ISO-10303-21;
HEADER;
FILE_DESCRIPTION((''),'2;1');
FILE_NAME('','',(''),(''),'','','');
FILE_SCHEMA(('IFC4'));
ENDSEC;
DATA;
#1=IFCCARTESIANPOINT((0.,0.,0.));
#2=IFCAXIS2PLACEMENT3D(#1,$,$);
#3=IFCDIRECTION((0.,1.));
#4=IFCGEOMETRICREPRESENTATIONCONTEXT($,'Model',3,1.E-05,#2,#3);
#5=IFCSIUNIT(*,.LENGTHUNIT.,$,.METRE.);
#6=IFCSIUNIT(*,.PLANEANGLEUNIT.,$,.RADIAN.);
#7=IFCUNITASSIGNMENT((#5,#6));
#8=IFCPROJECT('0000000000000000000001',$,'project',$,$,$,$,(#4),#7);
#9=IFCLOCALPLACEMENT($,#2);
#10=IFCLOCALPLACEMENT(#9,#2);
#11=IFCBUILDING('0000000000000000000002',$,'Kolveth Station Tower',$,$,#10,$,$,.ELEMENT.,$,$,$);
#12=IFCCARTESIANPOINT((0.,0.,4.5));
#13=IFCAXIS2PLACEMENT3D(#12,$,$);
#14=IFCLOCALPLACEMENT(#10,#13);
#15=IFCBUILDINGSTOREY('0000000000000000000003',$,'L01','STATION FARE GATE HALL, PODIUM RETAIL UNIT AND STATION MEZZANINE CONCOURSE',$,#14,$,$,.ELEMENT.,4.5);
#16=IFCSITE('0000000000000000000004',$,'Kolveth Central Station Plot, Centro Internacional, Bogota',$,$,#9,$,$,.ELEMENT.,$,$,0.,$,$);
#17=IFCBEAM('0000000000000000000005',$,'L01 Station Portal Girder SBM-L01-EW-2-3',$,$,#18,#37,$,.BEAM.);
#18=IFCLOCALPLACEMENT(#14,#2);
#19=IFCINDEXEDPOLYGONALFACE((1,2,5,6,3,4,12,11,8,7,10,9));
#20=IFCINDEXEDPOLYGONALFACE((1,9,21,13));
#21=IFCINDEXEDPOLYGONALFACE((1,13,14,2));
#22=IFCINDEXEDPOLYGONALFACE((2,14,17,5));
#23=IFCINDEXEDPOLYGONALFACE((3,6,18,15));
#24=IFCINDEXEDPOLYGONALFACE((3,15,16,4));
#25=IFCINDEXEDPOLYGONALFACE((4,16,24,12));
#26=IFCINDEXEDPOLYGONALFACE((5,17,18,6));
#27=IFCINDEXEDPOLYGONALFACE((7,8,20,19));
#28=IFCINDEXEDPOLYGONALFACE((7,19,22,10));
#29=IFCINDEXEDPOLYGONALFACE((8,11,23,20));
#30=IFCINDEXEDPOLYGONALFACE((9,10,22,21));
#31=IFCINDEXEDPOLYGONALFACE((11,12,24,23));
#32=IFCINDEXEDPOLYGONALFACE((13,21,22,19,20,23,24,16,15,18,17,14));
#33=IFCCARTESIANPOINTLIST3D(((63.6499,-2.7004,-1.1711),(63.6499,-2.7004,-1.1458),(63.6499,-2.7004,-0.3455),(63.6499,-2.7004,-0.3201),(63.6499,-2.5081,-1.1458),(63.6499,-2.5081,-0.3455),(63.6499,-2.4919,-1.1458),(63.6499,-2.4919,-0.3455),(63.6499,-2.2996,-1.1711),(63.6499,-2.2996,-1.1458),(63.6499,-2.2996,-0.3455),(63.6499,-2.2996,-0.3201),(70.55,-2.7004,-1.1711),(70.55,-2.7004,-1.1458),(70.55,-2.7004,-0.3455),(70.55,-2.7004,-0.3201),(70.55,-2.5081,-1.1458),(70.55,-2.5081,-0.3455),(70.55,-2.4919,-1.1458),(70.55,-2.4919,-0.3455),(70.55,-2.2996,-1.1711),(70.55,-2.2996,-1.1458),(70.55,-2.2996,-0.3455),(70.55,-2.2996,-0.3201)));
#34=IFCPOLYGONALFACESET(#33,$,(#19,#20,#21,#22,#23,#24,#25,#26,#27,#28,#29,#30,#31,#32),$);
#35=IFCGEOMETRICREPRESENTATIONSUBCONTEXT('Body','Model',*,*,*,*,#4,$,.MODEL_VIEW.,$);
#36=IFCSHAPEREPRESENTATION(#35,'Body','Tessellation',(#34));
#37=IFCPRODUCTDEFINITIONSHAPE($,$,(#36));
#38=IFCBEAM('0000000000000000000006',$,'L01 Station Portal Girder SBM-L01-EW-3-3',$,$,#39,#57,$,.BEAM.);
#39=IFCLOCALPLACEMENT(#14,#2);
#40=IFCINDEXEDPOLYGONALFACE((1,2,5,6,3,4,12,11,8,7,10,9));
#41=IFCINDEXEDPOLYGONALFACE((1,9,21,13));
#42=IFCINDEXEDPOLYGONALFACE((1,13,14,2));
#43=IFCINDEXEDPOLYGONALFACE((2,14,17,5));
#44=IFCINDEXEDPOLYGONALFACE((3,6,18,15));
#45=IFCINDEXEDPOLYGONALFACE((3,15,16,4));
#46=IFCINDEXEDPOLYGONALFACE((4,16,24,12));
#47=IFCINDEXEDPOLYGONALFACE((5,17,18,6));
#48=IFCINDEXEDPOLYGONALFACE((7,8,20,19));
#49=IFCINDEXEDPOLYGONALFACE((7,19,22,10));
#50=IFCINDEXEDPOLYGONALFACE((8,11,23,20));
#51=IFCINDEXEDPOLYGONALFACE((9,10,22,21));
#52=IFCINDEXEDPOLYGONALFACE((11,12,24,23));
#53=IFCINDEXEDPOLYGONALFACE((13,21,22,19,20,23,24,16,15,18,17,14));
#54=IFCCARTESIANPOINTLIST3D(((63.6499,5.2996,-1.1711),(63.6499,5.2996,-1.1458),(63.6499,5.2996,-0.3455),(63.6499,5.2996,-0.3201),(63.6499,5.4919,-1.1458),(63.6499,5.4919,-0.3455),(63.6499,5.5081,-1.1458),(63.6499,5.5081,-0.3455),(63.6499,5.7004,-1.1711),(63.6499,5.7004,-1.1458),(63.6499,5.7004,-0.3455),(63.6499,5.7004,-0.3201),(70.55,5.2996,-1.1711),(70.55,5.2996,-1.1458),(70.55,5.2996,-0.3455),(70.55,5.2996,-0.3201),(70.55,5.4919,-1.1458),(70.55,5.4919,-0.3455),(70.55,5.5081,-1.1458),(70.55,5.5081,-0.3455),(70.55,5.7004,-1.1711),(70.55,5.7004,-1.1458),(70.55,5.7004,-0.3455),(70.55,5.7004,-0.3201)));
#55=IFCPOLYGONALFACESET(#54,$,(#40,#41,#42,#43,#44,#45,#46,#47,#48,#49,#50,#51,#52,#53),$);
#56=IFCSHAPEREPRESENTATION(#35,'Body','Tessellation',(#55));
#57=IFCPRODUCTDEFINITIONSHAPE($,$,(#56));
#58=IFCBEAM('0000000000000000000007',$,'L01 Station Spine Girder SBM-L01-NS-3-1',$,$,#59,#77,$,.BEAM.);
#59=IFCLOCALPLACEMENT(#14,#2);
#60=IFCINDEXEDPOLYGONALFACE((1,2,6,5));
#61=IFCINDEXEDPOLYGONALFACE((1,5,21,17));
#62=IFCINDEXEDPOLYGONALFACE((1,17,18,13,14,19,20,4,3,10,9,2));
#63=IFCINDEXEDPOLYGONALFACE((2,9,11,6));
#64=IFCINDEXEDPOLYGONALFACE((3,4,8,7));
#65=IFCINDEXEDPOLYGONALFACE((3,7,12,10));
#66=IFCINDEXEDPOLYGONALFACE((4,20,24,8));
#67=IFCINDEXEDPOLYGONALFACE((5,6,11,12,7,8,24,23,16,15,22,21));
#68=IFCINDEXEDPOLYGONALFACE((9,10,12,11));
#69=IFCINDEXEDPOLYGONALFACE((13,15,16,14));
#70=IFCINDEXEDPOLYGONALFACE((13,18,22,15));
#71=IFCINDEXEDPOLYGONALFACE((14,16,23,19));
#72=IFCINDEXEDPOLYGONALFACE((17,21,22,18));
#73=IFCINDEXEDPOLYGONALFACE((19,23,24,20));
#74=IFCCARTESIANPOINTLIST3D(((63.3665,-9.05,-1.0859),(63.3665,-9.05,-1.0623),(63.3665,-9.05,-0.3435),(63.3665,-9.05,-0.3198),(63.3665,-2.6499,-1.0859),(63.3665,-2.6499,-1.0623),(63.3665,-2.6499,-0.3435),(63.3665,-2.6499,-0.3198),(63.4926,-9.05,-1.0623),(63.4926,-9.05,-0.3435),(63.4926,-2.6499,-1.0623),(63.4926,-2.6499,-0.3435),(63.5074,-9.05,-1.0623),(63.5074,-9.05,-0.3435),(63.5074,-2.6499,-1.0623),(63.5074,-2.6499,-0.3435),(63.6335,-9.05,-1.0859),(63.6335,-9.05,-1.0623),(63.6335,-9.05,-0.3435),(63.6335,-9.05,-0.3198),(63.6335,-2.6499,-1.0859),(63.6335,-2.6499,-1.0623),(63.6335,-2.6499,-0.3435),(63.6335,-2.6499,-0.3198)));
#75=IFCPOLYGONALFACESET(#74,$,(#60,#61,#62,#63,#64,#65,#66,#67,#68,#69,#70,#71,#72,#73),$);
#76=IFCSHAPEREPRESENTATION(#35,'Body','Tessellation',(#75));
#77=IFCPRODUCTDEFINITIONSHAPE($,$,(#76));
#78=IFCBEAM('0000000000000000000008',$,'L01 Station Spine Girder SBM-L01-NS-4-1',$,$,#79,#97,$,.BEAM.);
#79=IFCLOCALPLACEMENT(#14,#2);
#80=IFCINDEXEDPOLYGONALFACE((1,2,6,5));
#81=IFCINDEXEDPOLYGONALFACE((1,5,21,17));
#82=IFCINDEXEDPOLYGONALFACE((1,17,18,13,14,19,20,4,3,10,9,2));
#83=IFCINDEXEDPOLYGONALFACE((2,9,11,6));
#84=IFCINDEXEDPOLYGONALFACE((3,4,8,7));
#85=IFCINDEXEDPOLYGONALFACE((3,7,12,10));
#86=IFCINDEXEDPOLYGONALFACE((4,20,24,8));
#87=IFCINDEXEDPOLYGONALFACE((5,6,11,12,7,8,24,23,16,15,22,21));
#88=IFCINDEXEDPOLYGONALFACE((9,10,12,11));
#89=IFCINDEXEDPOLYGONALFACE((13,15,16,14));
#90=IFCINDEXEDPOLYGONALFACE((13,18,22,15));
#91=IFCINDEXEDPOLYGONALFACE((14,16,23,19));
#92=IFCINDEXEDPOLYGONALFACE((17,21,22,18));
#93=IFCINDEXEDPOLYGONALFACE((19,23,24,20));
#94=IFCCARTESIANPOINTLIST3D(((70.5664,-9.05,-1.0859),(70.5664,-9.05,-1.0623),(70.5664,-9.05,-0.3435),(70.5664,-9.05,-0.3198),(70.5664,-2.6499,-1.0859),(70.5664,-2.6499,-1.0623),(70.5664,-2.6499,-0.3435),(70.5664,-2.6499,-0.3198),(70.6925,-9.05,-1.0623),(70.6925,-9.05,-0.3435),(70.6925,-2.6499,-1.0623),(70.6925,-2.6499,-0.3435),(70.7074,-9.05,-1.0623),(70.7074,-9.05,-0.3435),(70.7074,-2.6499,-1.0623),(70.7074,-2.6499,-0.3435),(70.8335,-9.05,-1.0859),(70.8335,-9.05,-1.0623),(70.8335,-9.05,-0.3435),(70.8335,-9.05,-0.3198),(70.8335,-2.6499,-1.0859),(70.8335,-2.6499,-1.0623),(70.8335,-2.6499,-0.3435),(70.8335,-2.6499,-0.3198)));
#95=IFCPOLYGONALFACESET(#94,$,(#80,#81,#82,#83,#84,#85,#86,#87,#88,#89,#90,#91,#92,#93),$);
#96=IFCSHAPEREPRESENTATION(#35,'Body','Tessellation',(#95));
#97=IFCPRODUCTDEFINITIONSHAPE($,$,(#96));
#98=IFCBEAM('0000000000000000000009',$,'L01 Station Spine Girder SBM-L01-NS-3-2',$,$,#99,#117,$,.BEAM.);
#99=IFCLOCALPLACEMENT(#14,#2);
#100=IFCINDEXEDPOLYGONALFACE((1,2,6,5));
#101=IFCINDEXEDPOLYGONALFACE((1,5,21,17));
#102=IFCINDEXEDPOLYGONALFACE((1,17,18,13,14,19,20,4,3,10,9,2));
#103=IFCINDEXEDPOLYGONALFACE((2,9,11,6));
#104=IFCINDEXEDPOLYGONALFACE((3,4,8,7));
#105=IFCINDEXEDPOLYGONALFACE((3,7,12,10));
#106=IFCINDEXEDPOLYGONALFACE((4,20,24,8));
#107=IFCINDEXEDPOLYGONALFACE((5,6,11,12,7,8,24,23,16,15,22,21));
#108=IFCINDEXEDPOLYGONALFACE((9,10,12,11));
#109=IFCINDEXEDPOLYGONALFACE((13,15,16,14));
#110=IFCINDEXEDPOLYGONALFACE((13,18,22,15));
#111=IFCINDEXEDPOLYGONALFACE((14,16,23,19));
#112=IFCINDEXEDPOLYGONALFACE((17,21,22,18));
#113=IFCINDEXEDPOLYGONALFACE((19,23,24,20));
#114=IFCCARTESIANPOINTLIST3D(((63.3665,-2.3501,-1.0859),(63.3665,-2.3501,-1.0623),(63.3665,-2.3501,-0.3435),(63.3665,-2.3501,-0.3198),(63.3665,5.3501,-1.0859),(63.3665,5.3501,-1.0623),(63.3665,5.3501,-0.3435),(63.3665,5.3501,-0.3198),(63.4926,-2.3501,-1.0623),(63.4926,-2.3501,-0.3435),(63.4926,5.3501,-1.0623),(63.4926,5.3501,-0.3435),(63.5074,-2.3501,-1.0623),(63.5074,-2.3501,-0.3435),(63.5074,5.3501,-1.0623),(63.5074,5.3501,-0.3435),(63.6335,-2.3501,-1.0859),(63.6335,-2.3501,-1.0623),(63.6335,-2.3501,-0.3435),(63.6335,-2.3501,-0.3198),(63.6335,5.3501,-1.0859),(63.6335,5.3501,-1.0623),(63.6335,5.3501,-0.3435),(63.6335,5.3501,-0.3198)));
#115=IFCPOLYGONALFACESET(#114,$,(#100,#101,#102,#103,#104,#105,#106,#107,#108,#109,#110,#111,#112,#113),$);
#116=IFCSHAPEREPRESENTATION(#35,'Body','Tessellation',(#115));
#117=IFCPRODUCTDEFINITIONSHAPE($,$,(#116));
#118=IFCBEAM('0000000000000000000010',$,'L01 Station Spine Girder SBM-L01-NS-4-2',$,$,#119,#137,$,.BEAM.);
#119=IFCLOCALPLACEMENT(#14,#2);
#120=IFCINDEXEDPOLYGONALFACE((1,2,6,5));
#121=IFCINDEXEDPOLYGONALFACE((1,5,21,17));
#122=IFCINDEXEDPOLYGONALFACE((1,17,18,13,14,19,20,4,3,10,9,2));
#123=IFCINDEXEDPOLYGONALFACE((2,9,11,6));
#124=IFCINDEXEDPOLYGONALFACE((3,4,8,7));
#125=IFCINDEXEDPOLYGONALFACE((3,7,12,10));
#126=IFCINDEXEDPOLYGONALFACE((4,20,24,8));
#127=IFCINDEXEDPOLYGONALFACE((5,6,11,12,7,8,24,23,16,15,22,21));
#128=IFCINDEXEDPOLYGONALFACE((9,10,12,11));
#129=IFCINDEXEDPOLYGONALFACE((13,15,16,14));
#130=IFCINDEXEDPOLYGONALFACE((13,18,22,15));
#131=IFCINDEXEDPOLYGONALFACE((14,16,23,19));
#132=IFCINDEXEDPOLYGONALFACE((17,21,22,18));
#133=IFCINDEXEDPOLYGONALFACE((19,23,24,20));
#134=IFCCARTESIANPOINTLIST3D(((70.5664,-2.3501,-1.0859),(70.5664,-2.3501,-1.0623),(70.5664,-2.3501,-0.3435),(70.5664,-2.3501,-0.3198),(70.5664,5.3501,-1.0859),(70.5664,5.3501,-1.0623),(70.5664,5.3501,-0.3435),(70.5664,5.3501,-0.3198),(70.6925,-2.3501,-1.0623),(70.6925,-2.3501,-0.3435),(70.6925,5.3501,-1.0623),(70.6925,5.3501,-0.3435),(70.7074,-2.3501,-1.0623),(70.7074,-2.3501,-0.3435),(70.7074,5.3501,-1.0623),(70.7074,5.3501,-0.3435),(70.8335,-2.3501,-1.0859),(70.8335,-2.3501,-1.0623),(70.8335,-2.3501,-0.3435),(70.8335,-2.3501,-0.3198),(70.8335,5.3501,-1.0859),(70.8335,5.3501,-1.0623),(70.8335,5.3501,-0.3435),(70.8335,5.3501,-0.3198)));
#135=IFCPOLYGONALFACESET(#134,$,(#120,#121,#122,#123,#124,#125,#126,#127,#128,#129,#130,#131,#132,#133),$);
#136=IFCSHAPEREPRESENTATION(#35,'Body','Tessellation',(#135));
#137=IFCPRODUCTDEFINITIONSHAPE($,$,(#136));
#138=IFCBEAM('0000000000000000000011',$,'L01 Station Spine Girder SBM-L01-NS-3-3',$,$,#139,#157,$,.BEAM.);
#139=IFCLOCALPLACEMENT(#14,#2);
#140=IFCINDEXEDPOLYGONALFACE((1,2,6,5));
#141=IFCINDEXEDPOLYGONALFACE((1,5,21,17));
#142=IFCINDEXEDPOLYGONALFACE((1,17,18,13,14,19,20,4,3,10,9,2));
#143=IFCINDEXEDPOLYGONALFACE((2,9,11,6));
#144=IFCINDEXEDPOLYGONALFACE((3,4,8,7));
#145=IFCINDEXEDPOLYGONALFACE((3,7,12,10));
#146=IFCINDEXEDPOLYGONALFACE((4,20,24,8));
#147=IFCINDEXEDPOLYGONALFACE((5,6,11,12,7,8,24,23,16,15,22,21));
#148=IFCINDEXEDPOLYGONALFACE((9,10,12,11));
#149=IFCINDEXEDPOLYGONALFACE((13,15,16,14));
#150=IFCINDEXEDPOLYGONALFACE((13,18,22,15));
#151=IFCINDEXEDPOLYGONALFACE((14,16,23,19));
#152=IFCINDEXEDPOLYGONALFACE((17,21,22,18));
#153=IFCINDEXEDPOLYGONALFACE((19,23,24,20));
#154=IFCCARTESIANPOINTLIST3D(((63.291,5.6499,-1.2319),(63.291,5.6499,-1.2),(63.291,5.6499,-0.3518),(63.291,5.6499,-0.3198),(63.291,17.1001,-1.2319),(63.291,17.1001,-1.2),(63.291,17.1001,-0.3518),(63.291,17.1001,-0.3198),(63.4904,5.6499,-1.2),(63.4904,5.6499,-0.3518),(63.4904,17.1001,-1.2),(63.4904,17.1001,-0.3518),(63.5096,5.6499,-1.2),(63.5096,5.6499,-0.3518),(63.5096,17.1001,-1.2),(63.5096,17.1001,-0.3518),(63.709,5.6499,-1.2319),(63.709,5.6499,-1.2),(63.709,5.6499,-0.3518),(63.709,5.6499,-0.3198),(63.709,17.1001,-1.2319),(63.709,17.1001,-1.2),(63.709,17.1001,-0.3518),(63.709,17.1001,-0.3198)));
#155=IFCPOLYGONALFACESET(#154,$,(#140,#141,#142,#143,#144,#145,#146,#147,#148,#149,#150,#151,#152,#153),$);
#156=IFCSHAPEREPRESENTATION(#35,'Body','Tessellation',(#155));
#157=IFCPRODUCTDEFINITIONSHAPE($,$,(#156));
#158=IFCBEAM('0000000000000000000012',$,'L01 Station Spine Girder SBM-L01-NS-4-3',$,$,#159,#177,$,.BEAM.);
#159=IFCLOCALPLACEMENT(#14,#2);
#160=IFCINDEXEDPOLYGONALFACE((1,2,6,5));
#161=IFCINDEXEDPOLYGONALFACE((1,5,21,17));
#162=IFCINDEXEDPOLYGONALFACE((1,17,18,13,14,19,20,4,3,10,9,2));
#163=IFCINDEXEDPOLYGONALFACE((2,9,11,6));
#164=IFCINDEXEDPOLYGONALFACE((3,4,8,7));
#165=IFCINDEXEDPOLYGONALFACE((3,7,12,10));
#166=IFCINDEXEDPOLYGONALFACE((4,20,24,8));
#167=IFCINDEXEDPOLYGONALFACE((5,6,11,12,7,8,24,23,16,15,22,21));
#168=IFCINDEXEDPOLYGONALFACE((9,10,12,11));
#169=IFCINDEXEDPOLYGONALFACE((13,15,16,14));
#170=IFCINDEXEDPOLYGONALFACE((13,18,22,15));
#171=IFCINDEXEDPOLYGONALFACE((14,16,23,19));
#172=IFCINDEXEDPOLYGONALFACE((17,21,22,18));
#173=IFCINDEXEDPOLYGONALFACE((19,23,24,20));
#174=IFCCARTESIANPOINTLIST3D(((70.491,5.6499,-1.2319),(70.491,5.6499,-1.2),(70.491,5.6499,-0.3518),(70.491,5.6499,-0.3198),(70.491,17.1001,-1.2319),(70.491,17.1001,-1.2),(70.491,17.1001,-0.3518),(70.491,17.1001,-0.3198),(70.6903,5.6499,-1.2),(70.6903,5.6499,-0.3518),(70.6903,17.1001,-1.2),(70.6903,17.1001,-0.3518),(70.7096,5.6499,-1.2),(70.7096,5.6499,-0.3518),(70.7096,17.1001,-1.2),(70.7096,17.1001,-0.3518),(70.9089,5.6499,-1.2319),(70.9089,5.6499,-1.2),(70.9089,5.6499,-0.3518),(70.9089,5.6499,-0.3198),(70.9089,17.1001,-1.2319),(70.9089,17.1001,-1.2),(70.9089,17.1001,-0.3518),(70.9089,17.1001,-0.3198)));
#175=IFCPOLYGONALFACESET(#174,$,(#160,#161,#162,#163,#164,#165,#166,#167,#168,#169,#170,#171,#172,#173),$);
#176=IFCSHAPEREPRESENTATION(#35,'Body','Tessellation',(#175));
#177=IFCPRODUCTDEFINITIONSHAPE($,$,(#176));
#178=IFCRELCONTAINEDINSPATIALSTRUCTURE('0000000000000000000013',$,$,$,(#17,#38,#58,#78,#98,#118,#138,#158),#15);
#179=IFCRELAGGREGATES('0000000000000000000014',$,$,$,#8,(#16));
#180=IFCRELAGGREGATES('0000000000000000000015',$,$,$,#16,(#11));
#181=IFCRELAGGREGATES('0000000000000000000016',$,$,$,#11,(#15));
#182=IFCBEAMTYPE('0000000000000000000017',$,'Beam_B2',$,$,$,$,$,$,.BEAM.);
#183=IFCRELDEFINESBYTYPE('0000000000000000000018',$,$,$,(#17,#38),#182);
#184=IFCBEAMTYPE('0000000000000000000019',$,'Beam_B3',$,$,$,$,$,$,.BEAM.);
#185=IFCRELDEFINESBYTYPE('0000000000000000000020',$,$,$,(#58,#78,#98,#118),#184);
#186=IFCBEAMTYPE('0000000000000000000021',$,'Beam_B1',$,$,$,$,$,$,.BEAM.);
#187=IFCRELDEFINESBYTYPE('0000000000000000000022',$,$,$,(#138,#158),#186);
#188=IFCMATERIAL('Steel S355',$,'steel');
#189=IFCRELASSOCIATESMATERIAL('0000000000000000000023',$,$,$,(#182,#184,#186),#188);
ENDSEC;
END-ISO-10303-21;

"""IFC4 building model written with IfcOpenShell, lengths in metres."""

from ifc_helpers import new_model, si_unit, direction, frame, origin, origin_2d, place, context, subcontext, project, spatial, i_section, extrude, source, transform, mapped, material, material_profile, profile_set, type_object, element, save


model = new_model("IFC4")

# Units and contexts
model_context = context("Model", 3, precision=1e-05, world=origin(), true_north=direction((0.0, 1.0)))
body_context = subcontext(model_context, "Body", "Model", "MODEL_VIEW")
ifc_project = project(units=[si_unit("LENGTHUNIT", "METRE"), si_unit("PLANEANGLEUNIT", "RADIAN")], contexts=[model_context])

# Site, building, storey
site_placement = place(None, origin())
site = spatial("IfcSite", under=ifc_project, at=site_placement, Name="Kolveth Central Station Plot, Centro Internacional, Bogota", CompositionType="ELEMENT", RefElevation=0.0)
building_placement = place(site_placement, origin())
building = spatial("IfcBuilding", under=site, at=building_placement, Name="Kolveth Station Tower", CompositionType="ELEMENT")
storey_placement = place(building_placement, frame((0.0, 0.0, 4.5)))
storey = spatial("IfcBuildingStorey", under=building, at=storey_placement, Name="L01", Description="STATION FARE GATE HALL, PODIUM RETAIL UNIT AND STATION MEZZANINE CONCOURSE", CompositionType="ELEMENT", Elevation=4.5)

# Shared definitions
ifc_material_1 = material(Name="Steel S355", Category="steel")

# Beams
ifc_material_profile_1 = material_profile(ifc_material_1, i_section(OverallWidth=0.4009, OverallDepth=0.8511, WebThickness=0.0161, FlangeThickness=0.0254, at=origin_2d()), Name="W840x226")
ifc_profile_set_1 = profile_set([ifc_material_profile_1], Name="Steel S355")
beam_type_1 = type_object("IfcBeamType", Name="Beam_B2", PredefinedType="BEAM", material=ifc_profile_set_1)
shared_shape_1 = source(origin(), body_context, "Body", "SweptSolid", [
    extrude(i_section(OverallWidth=0.4009, OverallDepth=0.8511, WebThickness=0.0161, FlangeThickness=0.0254, at=origin_2d()), origin(), (0.0, 0.0, 1.0), 6.9001),
])
for number, where, z_axis, x_axis, name in (
    (1, (63.6499, -2.5, -0.7456), (1.0, 0.0, 0.0), (0.0, 1.0, 0.0), "L01 Station Portal Girder SBM-L01-EW-2-3"),
    (2, (63.6499, 5.5, -0.7456), (1.0, 0.0, 0.0), (0.0, 1.0, 0.0), "L01 Station Portal Girder SBM-L01-EW-3-3"),
):
    element("IfcBeam", number, at=place(storey_placement, frame(where, z_axis=z_axis, x_axis=x_axis)), inside=storey, type_object=beam_type_1, Name=name, PredefinedType="BEAM", context=body_context, shape_type="MappedRepresentation", body=[
        mapped(shared_shape_1, transform((0.0, 0.0, 0.0), x_axis=(1.0, 0.0, 0.0), y_axis=(0.0, 1.0, 0.0), z_axis=(0.0, 0.0, 1.0), scale=1.0)),
    ])
ifc_material_profile_2 = material_profile(ifc_material_1, i_section(OverallWidth=0.2671, OverallDepth=0.7661, WebThickness=0.0149, FlangeThickness=0.0237, at=origin_2d()), Name="W760x185")
ifc_profile_set_2 = profile_set([ifc_material_profile_2], Name="Steel S355")
beam_type_2 = type_object("IfcBeamType", Name="Beam_B3", PredefinedType="BEAM", material=ifc_profile_set_2)
shared_shape_2 = source(origin(), body_context, "Body", "SweptSolid", [
    extrude(i_section(OverallWidth=0.2671, OverallDepth=0.7661, WebThickness=0.0149, FlangeThickness=0.0237, at=origin_2d()), origin(), (0.0, 0.0, 1.0), 6.4001),
])
for number, where, z_axis, x_axis, name in (
    (3, (63.5, -9.05, -0.7029), (0.0, 1.0, 0.0), (-1.0, 0.0, 0.0), "L01 Station Spine Girder SBM-L01-NS-3-1"),
    (4, (70.7, -9.05, -0.7029), (0.0, 1.0, 0.0), (-1.0, 0.0, 0.0), "L01 Station Spine Girder SBM-L01-NS-4-1"),
):
    element("IfcBeam", number, at=place(storey_placement, frame(where, z_axis=z_axis, x_axis=x_axis)), inside=storey, type_object=beam_type_2, Name=name, PredefinedType="BEAM", context=body_context, shape_type="MappedRepresentation", body=[
        mapped(shared_shape_2, transform((0.0, 0.0, 0.0), x_axis=(1.0, 0.0, 0.0), y_axis=(0.0, 1.0, 0.0), z_axis=(0.0, 0.0, 1.0), scale=1.0)),
    ])
shared_shape_3 = source(origin(), body_context, "Body", "SweptSolid", [
    extrude(i_section(OverallWidth=0.2671, OverallDepth=0.7661, WebThickness=0.0149, FlangeThickness=0.0237, at=origin_2d()), origin(), (0.0, 0.0, 1.0), 7.7002),
])
for number, where, z_axis, x_axis, name in (
    (5, (63.5, -2.3501, -0.7029), (0.0, 1.0, 0.0), (-1.0, 0.0, 0.0), "L01 Station Spine Girder SBM-L01-NS-3-2"),
    (6, (70.7, -2.3501, -0.7029), (0.0, 1.0, 0.0), (-1.0, 0.0, 0.0), "L01 Station Spine Girder SBM-L01-NS-4-2"),
):
    element("IfcBeam", number, at=place(storey_placement, frame(where, z_axis=z_axis, x_axis=x_axis)), inside=storey, type_object=beam_type_2, Name=name, PredefinedType="BEAM", context=body_context, shape_type="MappedRepresentation", body=[
        mapped(shared_shape_3, transform((0.0, 0.0, 0.0), x_axis=(1.0, 0.0, 0.0), y_axis=(0.0, 1.0, 0.0), z_axis=(0.0, 0.0, 1.0), scale=1.0)),
    ])
ifc_material_profile_3 = material_profile(ifc_material_1, i_section(OverallWidth=0.418, OverallDepth=0.9121, WebThickness=0.0193, FlangeThickness=0.032, at=origin_2d()), Name="W920x342")
ifc_profile_set_3 = profile_set([ifc_material_profile_3], Name="Steel S355")
beam_type_3 = type_object("IfcBeamType", Name="Beam_B1", PredefinedType="BEAM", material=ifc_profile_set_3)
shared_shape_4 = source(origin(), body_context, "Body", "SweptSolid", [
    extrude(i_section(OverallWidth=0.418, OverallDepth=0.9121, WebThickness=0.0193, FlangeThickness=0.032, at=origin_2d()), origin(), (0.0, 0.0, 1.0), 11.4502),
])
for number, where, z_axis, x_axis, name in (
    (7, (63.5, 5.6499, -0.7759), (0.0, 1.0, 0.0), (-1.0, 0.0, 0.0), "L01 Station Spine Girder SBM-L01-NS-3-3"),
    (8, (70.7, 5.6499, -0.7759), (0.0, 1.0, 0.0), (-1.0, 0.0, 0.0), "L01 Station Spine Girder SBM-L01-NS-4-3"),
):
    element("IfcBeam", number, at=place(storey_placement, frame(where, z_axis=z_axis, x_axis=x_axis)), inside=storey, type_object=beam_type_3, Name=name, PredefinedType="BEAM", context=body_context, shape_type="MappedRepresentation", body=[
        mapped(shared_shape_4, transform((0.0, 0.0, 0.0), x_axis=(1.0, 0.0, 0.0), y_axis=(0.0, 1.0, 0.0), z_axis=(0.0, 0.0, 1.0), scale=1.0)),
    ])

save(model, "model.ifc")
